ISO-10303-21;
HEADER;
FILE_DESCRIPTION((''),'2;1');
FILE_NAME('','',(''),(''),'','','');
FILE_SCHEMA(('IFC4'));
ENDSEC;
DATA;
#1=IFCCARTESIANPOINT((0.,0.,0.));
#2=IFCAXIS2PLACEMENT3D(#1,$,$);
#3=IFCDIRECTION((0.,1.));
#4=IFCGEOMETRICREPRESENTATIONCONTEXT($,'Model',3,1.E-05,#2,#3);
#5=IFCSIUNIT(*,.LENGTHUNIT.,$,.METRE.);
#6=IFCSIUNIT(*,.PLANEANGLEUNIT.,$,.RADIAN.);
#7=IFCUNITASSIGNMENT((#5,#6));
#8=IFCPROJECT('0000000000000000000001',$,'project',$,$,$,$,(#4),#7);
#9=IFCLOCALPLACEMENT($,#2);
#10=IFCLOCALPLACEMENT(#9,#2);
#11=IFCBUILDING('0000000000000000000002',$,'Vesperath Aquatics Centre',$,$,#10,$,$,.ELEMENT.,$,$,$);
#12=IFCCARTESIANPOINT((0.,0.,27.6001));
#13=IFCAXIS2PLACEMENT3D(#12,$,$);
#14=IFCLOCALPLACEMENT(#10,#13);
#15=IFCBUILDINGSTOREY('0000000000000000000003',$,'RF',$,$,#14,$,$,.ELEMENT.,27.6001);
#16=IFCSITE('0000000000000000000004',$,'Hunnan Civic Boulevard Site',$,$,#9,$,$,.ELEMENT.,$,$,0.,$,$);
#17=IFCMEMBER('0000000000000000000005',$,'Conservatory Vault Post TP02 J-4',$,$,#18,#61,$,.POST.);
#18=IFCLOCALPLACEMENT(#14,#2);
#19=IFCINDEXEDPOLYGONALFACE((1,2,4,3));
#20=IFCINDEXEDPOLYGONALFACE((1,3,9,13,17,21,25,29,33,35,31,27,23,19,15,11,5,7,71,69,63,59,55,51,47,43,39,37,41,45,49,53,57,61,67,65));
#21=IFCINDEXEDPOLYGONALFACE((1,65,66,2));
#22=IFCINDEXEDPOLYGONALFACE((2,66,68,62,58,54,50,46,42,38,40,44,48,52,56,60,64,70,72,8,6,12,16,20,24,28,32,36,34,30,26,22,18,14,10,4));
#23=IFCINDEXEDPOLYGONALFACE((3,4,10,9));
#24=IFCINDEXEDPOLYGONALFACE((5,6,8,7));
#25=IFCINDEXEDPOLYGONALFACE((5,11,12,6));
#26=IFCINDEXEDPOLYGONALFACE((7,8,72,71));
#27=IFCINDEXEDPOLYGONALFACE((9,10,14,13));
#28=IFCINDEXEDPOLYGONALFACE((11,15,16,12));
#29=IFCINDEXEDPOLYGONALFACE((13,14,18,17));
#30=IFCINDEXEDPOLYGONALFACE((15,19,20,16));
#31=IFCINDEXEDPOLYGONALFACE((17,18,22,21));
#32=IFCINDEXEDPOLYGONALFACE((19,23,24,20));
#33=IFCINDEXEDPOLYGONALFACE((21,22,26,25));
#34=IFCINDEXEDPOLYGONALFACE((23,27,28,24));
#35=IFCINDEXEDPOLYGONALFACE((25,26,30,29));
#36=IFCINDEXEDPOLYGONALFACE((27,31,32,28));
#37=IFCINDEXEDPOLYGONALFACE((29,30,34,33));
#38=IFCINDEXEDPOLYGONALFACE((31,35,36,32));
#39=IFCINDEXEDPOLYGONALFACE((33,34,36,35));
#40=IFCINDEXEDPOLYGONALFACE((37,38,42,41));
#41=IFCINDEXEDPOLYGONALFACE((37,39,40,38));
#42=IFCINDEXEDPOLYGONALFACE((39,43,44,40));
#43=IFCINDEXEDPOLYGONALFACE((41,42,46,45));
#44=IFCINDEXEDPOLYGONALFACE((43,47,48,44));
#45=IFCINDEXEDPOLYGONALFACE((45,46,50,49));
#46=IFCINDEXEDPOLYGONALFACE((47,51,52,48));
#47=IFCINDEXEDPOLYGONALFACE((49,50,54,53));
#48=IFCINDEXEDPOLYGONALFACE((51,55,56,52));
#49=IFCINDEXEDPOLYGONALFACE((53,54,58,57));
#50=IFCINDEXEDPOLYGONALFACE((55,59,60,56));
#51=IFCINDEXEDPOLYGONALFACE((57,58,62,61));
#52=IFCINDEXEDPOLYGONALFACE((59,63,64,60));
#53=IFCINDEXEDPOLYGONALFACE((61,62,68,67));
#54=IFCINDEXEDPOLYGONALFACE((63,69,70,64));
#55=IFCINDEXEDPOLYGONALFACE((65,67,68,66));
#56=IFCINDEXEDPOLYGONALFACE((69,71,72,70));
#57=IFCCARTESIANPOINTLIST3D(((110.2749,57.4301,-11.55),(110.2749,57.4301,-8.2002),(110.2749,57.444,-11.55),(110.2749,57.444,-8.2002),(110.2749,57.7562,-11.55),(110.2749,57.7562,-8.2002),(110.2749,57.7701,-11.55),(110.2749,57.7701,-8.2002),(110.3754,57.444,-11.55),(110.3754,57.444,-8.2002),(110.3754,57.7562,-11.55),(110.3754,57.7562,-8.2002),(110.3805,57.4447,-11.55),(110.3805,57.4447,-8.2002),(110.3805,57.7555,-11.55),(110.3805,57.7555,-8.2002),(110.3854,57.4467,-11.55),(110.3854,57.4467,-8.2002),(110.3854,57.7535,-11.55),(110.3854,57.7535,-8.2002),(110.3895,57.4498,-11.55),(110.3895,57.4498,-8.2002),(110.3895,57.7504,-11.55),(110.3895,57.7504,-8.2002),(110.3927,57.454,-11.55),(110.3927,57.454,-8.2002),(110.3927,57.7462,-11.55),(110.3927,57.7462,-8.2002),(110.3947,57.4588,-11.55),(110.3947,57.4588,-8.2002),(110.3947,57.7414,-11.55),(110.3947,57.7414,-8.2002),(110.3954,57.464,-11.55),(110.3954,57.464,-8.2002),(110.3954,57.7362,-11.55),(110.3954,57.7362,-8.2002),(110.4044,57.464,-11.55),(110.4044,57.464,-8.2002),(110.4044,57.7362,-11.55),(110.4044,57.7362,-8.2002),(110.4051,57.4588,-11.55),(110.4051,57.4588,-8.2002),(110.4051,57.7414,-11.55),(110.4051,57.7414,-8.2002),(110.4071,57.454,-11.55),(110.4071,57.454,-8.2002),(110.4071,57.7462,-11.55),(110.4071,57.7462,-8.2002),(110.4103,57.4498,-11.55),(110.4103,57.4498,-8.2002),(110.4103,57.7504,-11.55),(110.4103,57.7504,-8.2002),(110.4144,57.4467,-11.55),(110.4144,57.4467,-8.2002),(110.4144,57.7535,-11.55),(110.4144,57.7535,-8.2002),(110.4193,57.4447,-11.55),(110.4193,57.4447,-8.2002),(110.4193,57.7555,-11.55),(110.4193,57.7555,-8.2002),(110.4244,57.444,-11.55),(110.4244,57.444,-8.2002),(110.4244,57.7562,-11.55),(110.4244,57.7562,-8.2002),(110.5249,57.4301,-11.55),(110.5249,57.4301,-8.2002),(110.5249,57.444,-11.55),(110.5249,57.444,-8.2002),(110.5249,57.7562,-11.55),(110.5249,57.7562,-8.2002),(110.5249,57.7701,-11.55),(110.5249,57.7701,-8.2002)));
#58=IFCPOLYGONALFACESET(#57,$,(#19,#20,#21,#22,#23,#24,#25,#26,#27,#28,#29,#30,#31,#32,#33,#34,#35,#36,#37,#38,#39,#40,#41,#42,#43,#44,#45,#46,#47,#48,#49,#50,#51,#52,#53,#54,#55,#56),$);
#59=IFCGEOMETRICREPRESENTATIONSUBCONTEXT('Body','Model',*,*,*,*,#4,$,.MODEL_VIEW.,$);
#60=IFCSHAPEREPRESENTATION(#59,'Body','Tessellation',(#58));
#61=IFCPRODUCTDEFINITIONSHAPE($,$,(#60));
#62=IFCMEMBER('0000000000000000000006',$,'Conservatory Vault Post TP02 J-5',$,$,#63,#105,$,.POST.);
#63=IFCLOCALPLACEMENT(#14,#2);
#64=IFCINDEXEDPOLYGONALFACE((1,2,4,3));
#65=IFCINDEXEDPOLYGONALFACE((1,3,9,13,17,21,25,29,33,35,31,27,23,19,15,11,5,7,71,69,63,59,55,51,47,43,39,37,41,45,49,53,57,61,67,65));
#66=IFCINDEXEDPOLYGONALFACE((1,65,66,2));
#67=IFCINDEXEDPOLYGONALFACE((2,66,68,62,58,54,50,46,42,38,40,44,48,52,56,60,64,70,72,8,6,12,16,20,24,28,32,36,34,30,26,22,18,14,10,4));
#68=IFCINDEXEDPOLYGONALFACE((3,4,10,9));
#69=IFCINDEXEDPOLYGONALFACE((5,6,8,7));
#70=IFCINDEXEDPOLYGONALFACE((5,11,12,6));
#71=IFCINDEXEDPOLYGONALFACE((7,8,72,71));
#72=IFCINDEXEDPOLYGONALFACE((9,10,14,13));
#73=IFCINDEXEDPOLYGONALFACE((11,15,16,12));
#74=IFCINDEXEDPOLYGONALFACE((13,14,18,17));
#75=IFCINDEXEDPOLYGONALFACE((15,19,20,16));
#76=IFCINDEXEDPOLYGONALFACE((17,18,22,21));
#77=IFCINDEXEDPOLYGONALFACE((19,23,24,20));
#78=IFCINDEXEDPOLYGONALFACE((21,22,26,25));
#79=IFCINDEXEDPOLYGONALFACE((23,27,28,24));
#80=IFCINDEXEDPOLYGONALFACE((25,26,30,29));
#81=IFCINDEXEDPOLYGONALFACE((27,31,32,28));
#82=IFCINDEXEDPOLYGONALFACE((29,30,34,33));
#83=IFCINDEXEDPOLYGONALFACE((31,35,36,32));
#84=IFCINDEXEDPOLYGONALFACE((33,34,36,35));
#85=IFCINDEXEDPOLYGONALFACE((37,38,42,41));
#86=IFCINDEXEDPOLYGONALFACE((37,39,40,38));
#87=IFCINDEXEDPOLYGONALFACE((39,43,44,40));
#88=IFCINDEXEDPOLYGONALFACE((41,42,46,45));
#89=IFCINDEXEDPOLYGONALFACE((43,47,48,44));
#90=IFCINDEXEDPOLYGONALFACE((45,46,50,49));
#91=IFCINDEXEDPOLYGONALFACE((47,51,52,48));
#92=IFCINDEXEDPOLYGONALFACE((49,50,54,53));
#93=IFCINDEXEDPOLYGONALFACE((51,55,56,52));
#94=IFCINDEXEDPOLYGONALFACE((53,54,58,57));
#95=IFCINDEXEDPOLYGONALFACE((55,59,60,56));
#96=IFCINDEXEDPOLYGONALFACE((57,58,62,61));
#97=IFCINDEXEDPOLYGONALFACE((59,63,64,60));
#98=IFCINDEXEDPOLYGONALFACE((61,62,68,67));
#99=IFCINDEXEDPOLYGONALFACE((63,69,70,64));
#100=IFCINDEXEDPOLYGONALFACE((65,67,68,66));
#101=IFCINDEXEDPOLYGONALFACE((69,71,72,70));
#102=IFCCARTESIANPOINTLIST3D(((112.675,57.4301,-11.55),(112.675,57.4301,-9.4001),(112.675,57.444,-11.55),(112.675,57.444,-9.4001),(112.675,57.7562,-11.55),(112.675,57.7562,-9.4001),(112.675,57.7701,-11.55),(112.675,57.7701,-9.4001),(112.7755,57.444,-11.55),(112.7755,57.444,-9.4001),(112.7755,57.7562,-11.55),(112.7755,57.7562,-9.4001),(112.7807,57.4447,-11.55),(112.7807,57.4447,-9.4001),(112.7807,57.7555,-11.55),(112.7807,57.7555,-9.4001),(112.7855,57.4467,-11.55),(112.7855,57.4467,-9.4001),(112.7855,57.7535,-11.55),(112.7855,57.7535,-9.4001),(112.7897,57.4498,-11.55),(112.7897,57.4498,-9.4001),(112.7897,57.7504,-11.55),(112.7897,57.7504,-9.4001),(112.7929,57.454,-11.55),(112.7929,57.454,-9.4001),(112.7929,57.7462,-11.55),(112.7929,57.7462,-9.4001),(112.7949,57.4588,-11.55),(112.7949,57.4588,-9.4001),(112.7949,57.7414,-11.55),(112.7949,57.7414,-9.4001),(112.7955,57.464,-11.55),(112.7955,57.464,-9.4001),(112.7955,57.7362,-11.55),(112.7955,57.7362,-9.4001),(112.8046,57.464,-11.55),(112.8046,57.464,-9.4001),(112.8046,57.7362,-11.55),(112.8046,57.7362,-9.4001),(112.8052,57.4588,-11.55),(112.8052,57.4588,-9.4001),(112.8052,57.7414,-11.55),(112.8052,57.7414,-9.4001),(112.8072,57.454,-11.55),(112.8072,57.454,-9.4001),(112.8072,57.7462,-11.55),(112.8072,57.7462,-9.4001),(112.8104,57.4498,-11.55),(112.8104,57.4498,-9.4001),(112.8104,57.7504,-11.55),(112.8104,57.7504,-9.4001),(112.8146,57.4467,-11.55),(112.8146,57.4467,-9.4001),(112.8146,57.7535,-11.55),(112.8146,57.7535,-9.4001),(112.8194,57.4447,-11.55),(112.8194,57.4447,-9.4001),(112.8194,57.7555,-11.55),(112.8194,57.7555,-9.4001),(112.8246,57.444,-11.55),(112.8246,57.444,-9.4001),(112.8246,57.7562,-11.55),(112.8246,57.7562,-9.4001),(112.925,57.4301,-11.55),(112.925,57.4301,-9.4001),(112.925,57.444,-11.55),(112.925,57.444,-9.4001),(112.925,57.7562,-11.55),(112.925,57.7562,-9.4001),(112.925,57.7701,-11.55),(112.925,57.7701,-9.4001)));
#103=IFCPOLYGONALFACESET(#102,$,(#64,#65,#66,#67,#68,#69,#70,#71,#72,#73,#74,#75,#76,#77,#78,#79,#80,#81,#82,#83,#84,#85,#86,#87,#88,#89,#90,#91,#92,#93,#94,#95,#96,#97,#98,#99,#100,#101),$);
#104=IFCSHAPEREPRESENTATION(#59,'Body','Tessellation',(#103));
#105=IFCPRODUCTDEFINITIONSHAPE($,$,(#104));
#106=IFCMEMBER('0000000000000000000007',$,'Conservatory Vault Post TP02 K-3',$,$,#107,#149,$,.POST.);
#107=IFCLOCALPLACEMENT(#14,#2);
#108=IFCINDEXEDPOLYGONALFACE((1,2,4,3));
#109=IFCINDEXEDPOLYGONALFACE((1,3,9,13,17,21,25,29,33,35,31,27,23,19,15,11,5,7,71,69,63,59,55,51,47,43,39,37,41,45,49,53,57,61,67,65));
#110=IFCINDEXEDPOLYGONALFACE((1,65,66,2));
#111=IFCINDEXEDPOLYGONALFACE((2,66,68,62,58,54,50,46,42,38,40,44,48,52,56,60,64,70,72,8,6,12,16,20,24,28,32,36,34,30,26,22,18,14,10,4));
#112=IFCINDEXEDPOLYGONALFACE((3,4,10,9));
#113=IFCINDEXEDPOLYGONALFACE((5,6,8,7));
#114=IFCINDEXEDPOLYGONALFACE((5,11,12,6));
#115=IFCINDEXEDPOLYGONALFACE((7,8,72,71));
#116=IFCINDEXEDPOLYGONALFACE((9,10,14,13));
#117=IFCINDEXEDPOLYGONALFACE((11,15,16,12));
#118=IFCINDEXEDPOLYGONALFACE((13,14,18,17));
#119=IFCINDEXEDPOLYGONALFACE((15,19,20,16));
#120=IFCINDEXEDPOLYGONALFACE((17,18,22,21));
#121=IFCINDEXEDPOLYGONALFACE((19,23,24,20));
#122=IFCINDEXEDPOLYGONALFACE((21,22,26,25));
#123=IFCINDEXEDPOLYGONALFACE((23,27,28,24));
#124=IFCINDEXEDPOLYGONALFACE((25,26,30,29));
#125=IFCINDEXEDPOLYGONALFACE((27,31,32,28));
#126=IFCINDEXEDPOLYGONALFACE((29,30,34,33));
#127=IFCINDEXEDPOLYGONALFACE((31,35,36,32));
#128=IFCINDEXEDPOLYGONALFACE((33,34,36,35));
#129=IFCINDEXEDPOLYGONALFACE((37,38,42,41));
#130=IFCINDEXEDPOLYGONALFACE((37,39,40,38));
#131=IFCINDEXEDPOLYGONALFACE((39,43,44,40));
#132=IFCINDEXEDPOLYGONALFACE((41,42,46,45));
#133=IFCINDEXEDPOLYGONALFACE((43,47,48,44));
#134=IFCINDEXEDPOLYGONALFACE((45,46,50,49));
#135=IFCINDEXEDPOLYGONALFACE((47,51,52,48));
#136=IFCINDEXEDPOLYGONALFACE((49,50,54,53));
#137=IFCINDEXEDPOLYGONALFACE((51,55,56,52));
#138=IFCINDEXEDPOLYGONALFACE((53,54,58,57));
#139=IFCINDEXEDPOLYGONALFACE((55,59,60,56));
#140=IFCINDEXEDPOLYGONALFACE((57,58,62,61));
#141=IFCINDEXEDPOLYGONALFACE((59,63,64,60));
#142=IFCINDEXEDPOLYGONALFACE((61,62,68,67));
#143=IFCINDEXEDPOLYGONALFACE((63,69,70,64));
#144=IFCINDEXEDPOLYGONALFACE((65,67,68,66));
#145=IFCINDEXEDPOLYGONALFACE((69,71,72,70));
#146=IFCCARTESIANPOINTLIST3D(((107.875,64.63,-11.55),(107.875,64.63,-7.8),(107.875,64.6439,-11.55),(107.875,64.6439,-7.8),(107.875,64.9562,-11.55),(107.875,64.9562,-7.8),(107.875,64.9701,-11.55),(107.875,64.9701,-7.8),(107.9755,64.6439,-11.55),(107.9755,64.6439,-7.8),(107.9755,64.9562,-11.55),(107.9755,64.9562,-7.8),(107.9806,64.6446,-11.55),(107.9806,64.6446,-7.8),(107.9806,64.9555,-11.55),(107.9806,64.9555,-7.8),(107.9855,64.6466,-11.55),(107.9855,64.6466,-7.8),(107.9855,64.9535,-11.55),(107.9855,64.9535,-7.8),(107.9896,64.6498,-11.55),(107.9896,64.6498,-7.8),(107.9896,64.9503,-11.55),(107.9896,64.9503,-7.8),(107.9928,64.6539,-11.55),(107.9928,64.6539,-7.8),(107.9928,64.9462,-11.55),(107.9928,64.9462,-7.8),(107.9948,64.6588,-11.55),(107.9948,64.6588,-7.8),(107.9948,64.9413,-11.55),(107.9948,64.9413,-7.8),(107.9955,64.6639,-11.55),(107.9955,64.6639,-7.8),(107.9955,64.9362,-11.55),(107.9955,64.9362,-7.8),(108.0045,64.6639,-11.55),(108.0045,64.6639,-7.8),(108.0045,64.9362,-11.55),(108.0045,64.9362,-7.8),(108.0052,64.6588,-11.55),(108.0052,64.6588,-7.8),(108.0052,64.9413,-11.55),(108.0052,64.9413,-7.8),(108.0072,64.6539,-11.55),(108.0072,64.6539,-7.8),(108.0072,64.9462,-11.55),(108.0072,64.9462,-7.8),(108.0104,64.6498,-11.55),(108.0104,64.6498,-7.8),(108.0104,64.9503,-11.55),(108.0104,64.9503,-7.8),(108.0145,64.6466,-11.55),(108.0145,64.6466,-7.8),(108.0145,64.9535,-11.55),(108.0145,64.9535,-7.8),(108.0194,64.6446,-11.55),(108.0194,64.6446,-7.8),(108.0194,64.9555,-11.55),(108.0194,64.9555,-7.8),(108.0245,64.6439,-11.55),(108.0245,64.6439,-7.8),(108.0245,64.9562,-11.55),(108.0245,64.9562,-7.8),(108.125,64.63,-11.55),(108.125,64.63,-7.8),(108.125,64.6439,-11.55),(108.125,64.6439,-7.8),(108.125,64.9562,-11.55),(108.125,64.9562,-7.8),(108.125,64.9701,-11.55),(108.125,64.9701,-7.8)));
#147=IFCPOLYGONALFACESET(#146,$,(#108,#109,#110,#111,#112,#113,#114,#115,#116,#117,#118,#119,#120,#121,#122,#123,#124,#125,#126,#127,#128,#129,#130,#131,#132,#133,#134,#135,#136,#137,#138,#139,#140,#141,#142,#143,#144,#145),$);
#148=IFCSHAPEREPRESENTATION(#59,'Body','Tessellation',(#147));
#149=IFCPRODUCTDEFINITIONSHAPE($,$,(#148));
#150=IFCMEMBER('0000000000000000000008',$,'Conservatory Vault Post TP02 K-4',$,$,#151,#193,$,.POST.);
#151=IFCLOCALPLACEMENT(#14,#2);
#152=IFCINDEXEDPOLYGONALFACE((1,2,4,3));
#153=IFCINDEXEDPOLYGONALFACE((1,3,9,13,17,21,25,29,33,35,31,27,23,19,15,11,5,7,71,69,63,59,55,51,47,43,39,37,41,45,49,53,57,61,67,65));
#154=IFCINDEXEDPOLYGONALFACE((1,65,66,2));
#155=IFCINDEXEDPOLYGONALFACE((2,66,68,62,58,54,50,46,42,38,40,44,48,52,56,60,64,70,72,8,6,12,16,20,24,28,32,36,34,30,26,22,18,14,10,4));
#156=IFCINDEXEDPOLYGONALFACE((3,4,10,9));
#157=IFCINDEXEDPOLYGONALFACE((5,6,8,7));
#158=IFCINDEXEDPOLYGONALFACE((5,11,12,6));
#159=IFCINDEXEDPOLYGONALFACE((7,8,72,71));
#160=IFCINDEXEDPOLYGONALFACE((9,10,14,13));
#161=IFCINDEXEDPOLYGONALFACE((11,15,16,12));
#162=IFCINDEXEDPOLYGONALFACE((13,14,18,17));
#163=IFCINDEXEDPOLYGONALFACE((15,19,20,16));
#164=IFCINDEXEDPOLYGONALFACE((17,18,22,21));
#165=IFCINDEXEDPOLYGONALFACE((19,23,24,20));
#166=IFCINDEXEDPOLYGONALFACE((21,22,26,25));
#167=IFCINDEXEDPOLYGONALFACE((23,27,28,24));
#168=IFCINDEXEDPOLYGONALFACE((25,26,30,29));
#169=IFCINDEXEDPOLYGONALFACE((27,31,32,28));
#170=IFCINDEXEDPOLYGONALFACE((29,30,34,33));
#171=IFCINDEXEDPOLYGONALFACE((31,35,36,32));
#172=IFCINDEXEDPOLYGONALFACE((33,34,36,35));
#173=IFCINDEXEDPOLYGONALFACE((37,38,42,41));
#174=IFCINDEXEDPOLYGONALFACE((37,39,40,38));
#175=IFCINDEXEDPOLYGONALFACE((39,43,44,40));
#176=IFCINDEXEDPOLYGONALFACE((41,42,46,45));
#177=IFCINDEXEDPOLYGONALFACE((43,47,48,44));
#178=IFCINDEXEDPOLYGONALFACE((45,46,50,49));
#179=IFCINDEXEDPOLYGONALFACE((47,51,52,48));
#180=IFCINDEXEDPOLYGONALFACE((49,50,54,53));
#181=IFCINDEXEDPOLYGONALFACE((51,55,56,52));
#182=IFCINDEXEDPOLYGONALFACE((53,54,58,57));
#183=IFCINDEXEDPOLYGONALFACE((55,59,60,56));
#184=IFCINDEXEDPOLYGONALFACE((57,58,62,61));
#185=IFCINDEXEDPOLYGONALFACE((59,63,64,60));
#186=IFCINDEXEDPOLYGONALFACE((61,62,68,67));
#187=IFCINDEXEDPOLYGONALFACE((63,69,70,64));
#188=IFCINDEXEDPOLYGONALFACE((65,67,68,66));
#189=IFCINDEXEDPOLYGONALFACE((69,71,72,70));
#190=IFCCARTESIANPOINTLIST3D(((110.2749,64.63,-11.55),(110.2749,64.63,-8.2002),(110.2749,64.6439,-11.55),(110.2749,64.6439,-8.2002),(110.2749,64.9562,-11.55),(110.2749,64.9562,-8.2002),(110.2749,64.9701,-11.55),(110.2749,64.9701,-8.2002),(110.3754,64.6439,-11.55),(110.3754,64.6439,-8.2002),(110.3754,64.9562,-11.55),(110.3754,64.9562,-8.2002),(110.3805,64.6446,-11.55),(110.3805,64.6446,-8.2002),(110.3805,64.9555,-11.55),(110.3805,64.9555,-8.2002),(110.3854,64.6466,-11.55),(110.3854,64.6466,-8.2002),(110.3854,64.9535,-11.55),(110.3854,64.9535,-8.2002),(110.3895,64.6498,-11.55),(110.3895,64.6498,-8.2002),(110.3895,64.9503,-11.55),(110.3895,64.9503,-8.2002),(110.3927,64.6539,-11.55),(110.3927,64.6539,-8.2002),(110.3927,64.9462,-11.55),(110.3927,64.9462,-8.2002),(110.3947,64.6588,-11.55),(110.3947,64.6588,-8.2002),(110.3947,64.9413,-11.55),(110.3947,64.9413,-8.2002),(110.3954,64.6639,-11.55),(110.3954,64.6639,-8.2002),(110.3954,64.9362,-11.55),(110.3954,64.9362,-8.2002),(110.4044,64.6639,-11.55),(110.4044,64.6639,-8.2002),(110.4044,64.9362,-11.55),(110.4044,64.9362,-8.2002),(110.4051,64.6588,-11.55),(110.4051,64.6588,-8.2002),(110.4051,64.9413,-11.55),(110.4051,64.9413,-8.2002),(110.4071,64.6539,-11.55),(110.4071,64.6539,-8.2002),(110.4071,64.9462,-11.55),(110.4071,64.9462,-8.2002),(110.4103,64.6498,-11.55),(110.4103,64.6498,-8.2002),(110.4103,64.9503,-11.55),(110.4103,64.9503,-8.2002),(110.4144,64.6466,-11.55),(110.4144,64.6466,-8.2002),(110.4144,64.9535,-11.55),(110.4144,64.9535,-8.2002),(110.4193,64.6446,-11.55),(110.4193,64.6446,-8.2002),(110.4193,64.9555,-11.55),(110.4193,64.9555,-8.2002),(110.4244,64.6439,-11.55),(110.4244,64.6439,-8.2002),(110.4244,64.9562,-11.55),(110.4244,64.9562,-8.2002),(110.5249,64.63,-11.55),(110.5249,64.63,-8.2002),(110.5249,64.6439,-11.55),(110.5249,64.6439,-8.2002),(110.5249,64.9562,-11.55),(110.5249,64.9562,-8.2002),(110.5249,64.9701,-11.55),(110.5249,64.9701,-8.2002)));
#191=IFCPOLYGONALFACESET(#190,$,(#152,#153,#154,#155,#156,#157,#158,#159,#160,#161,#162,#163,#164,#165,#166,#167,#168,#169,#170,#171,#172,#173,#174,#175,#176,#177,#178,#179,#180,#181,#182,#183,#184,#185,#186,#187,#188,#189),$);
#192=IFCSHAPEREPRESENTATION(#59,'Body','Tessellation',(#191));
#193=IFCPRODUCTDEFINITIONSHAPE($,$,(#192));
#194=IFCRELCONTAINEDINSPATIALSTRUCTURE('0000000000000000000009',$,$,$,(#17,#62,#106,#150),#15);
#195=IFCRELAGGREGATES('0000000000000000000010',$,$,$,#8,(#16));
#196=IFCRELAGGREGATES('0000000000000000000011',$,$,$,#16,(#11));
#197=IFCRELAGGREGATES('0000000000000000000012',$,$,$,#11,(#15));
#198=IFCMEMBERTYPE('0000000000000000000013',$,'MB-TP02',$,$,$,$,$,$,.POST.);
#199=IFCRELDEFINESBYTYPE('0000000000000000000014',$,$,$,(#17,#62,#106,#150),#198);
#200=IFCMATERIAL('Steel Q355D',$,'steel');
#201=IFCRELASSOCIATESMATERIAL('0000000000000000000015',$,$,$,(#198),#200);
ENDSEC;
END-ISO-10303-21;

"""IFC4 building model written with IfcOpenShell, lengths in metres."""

from ifc_helpers import new_model, si_unit, direction, frame, origin, origin_2d, place, context, subcontext, project, spatial, i_section, extrude, material, material_profile, profile_set, type_object, element, save


model = new_model("IFC4")

# Units and contexts
model_context = context("Model", 3, precision=1e-05, world=origin(), true_north=direction((0.0, 1.0)))
body_context = subcontext(model_context, "Body", "Model", "MODEL_VIEW")
ifc_project = project(units=[si_unit("LENGTHUNIT", "METRE"), si_unit("PLANEANGLEUNIT", "RADIAN")], contexts=[model_context])

# Site, building, storey
site_placement = place(None, origin())
site = spatial("IfcSite", under=ifc_project, at=site_placement, Name="Hunnan Civic Boulevard Site", CompositionType="ELEMENT", RefElevation=0.0)
building_placement = place(site_placement, origin())
building = spatial("IfcBuilding", under=site, at=building_placement, Name="Vesperath Aquatics Centre", CompositionType="ELEMENT")
storey_placement = place(building_placement, frame((0.0, 0.0, 27.6001)))
storey = spatial("IfcBuildingStorey", under=building, at=storey_placement, Name="RF", CompositionType="ELEMENT", Elevation=27.6001)

# Members
ifc_material_1 = material(Name="Steel Q355D", Category="steel")
ifc_material_profile_1 = material_profile(ifc_material_1, i_section(OverallWidth=0.25, OverallDepth=0.3401, WebThickness=0.009, FlangeThickness=0.0139, FilletRadius=0.02, at=origin_2d()), Name="HM 340x250x9x14")
ifc_profile_set_1 = profile_set([ifc_material_profile_1], Name="Steel Q355D")
member_type_1 = type_object("IfcMemberType", Name="MB-TP02", PredefinedType="POST", material=ifc_profile_set_1)
member_1_placement = place(storey_placement, frame((110.3999, 57.6001, -11.55), z_axis=(0.0, 0.0, 1.0), x_axis=(1.0, 0.0, 0.0)))
element("IfcMember", 1, at=member_1_placement, inside=storey, type_object=member_type_1, Name="Conservatory Vault Post TP02 J-4", PredefinedType="POST", context=body_context, shape_type="SweptSolid", body=[
    extrude(i_section(OverallWidth=0.25, OverallDepth=0.3401, WebThickness=0.009, FlangeThickness=0.0139, FilletRadius=0.02, at=origin_2d()), origin(), (0.0, 0.0, 1.0), 3.3499),
])
member_2_placement = place(storey_placement, frame((112.8, 57.6001, -11.55), z_axis=(0.0, 0.0, 1.0), x_axis=(1.0, 0.0, 0.0)))
element("IfcMember", 2, at=member_2_placement, inside=storey, type_object=member_type_1, Name="Conservatory Vault Post TP02 J-5", PredefinedType="POST", context=body_context, shape_type="SweptSolid", body=[
    extrude(i_section(OverallWidth=0.25, OverallDepth=0.3401, WebThickness=0.009, FlangeThickness=0.0139, FilletRadius=0.02, at=origin_2d()), origin(), (0.0, 0.0, 1.0), 2.1499),
])
member_3_placement = place(storey_placement, frame((108.0, 64.8, -11.55), z_axis=(0.0, 0.0, 1.0), x_axis=(1.0, 0.0, 0.0)))
element("IfcMember", 3, at=member_3_placement, inside=storey, type_object=member_type_1, Name="Conservatory Vault Post TP02 K-3", PredefinedType="POST", context=body_context, shape_type="SweptSolid", body=[
    extrude(i_section(OverallWidth=0.25, OverallDepth=0.3401, WebThickness=0.009, FlangeThickness=0.0139, FilletRadius=0.02, at=origin_2d()), origin(), (0.0, 0.0, 1.0), 3.75),
])
member_4_placement = place(storey_placement, frame((110.3999, 64.8, -11.55), z_axis=(0.0, 0.0, 1.0), x_axis=(1.0, 0.0, 0.0)))
element("IfcMember", 4, at=member_4_placement, inside=storey, type_object=member_type_1, Name="Conservatory Vault Post TP02 K-4", PredefinedType="POST", context=body_context, shape_type="SweptSolid", body=[
    extrude(i_section(OverallWidth=0.25, OverallDepth=0.3401, WebThickness=0.009, FlangeThickness=0.0139, FilletRadius=0.02, at=origin_2d()), origin(), (0.0, 0.0, 1.0), 3.3499),
])

save(model, "model.ifc")
